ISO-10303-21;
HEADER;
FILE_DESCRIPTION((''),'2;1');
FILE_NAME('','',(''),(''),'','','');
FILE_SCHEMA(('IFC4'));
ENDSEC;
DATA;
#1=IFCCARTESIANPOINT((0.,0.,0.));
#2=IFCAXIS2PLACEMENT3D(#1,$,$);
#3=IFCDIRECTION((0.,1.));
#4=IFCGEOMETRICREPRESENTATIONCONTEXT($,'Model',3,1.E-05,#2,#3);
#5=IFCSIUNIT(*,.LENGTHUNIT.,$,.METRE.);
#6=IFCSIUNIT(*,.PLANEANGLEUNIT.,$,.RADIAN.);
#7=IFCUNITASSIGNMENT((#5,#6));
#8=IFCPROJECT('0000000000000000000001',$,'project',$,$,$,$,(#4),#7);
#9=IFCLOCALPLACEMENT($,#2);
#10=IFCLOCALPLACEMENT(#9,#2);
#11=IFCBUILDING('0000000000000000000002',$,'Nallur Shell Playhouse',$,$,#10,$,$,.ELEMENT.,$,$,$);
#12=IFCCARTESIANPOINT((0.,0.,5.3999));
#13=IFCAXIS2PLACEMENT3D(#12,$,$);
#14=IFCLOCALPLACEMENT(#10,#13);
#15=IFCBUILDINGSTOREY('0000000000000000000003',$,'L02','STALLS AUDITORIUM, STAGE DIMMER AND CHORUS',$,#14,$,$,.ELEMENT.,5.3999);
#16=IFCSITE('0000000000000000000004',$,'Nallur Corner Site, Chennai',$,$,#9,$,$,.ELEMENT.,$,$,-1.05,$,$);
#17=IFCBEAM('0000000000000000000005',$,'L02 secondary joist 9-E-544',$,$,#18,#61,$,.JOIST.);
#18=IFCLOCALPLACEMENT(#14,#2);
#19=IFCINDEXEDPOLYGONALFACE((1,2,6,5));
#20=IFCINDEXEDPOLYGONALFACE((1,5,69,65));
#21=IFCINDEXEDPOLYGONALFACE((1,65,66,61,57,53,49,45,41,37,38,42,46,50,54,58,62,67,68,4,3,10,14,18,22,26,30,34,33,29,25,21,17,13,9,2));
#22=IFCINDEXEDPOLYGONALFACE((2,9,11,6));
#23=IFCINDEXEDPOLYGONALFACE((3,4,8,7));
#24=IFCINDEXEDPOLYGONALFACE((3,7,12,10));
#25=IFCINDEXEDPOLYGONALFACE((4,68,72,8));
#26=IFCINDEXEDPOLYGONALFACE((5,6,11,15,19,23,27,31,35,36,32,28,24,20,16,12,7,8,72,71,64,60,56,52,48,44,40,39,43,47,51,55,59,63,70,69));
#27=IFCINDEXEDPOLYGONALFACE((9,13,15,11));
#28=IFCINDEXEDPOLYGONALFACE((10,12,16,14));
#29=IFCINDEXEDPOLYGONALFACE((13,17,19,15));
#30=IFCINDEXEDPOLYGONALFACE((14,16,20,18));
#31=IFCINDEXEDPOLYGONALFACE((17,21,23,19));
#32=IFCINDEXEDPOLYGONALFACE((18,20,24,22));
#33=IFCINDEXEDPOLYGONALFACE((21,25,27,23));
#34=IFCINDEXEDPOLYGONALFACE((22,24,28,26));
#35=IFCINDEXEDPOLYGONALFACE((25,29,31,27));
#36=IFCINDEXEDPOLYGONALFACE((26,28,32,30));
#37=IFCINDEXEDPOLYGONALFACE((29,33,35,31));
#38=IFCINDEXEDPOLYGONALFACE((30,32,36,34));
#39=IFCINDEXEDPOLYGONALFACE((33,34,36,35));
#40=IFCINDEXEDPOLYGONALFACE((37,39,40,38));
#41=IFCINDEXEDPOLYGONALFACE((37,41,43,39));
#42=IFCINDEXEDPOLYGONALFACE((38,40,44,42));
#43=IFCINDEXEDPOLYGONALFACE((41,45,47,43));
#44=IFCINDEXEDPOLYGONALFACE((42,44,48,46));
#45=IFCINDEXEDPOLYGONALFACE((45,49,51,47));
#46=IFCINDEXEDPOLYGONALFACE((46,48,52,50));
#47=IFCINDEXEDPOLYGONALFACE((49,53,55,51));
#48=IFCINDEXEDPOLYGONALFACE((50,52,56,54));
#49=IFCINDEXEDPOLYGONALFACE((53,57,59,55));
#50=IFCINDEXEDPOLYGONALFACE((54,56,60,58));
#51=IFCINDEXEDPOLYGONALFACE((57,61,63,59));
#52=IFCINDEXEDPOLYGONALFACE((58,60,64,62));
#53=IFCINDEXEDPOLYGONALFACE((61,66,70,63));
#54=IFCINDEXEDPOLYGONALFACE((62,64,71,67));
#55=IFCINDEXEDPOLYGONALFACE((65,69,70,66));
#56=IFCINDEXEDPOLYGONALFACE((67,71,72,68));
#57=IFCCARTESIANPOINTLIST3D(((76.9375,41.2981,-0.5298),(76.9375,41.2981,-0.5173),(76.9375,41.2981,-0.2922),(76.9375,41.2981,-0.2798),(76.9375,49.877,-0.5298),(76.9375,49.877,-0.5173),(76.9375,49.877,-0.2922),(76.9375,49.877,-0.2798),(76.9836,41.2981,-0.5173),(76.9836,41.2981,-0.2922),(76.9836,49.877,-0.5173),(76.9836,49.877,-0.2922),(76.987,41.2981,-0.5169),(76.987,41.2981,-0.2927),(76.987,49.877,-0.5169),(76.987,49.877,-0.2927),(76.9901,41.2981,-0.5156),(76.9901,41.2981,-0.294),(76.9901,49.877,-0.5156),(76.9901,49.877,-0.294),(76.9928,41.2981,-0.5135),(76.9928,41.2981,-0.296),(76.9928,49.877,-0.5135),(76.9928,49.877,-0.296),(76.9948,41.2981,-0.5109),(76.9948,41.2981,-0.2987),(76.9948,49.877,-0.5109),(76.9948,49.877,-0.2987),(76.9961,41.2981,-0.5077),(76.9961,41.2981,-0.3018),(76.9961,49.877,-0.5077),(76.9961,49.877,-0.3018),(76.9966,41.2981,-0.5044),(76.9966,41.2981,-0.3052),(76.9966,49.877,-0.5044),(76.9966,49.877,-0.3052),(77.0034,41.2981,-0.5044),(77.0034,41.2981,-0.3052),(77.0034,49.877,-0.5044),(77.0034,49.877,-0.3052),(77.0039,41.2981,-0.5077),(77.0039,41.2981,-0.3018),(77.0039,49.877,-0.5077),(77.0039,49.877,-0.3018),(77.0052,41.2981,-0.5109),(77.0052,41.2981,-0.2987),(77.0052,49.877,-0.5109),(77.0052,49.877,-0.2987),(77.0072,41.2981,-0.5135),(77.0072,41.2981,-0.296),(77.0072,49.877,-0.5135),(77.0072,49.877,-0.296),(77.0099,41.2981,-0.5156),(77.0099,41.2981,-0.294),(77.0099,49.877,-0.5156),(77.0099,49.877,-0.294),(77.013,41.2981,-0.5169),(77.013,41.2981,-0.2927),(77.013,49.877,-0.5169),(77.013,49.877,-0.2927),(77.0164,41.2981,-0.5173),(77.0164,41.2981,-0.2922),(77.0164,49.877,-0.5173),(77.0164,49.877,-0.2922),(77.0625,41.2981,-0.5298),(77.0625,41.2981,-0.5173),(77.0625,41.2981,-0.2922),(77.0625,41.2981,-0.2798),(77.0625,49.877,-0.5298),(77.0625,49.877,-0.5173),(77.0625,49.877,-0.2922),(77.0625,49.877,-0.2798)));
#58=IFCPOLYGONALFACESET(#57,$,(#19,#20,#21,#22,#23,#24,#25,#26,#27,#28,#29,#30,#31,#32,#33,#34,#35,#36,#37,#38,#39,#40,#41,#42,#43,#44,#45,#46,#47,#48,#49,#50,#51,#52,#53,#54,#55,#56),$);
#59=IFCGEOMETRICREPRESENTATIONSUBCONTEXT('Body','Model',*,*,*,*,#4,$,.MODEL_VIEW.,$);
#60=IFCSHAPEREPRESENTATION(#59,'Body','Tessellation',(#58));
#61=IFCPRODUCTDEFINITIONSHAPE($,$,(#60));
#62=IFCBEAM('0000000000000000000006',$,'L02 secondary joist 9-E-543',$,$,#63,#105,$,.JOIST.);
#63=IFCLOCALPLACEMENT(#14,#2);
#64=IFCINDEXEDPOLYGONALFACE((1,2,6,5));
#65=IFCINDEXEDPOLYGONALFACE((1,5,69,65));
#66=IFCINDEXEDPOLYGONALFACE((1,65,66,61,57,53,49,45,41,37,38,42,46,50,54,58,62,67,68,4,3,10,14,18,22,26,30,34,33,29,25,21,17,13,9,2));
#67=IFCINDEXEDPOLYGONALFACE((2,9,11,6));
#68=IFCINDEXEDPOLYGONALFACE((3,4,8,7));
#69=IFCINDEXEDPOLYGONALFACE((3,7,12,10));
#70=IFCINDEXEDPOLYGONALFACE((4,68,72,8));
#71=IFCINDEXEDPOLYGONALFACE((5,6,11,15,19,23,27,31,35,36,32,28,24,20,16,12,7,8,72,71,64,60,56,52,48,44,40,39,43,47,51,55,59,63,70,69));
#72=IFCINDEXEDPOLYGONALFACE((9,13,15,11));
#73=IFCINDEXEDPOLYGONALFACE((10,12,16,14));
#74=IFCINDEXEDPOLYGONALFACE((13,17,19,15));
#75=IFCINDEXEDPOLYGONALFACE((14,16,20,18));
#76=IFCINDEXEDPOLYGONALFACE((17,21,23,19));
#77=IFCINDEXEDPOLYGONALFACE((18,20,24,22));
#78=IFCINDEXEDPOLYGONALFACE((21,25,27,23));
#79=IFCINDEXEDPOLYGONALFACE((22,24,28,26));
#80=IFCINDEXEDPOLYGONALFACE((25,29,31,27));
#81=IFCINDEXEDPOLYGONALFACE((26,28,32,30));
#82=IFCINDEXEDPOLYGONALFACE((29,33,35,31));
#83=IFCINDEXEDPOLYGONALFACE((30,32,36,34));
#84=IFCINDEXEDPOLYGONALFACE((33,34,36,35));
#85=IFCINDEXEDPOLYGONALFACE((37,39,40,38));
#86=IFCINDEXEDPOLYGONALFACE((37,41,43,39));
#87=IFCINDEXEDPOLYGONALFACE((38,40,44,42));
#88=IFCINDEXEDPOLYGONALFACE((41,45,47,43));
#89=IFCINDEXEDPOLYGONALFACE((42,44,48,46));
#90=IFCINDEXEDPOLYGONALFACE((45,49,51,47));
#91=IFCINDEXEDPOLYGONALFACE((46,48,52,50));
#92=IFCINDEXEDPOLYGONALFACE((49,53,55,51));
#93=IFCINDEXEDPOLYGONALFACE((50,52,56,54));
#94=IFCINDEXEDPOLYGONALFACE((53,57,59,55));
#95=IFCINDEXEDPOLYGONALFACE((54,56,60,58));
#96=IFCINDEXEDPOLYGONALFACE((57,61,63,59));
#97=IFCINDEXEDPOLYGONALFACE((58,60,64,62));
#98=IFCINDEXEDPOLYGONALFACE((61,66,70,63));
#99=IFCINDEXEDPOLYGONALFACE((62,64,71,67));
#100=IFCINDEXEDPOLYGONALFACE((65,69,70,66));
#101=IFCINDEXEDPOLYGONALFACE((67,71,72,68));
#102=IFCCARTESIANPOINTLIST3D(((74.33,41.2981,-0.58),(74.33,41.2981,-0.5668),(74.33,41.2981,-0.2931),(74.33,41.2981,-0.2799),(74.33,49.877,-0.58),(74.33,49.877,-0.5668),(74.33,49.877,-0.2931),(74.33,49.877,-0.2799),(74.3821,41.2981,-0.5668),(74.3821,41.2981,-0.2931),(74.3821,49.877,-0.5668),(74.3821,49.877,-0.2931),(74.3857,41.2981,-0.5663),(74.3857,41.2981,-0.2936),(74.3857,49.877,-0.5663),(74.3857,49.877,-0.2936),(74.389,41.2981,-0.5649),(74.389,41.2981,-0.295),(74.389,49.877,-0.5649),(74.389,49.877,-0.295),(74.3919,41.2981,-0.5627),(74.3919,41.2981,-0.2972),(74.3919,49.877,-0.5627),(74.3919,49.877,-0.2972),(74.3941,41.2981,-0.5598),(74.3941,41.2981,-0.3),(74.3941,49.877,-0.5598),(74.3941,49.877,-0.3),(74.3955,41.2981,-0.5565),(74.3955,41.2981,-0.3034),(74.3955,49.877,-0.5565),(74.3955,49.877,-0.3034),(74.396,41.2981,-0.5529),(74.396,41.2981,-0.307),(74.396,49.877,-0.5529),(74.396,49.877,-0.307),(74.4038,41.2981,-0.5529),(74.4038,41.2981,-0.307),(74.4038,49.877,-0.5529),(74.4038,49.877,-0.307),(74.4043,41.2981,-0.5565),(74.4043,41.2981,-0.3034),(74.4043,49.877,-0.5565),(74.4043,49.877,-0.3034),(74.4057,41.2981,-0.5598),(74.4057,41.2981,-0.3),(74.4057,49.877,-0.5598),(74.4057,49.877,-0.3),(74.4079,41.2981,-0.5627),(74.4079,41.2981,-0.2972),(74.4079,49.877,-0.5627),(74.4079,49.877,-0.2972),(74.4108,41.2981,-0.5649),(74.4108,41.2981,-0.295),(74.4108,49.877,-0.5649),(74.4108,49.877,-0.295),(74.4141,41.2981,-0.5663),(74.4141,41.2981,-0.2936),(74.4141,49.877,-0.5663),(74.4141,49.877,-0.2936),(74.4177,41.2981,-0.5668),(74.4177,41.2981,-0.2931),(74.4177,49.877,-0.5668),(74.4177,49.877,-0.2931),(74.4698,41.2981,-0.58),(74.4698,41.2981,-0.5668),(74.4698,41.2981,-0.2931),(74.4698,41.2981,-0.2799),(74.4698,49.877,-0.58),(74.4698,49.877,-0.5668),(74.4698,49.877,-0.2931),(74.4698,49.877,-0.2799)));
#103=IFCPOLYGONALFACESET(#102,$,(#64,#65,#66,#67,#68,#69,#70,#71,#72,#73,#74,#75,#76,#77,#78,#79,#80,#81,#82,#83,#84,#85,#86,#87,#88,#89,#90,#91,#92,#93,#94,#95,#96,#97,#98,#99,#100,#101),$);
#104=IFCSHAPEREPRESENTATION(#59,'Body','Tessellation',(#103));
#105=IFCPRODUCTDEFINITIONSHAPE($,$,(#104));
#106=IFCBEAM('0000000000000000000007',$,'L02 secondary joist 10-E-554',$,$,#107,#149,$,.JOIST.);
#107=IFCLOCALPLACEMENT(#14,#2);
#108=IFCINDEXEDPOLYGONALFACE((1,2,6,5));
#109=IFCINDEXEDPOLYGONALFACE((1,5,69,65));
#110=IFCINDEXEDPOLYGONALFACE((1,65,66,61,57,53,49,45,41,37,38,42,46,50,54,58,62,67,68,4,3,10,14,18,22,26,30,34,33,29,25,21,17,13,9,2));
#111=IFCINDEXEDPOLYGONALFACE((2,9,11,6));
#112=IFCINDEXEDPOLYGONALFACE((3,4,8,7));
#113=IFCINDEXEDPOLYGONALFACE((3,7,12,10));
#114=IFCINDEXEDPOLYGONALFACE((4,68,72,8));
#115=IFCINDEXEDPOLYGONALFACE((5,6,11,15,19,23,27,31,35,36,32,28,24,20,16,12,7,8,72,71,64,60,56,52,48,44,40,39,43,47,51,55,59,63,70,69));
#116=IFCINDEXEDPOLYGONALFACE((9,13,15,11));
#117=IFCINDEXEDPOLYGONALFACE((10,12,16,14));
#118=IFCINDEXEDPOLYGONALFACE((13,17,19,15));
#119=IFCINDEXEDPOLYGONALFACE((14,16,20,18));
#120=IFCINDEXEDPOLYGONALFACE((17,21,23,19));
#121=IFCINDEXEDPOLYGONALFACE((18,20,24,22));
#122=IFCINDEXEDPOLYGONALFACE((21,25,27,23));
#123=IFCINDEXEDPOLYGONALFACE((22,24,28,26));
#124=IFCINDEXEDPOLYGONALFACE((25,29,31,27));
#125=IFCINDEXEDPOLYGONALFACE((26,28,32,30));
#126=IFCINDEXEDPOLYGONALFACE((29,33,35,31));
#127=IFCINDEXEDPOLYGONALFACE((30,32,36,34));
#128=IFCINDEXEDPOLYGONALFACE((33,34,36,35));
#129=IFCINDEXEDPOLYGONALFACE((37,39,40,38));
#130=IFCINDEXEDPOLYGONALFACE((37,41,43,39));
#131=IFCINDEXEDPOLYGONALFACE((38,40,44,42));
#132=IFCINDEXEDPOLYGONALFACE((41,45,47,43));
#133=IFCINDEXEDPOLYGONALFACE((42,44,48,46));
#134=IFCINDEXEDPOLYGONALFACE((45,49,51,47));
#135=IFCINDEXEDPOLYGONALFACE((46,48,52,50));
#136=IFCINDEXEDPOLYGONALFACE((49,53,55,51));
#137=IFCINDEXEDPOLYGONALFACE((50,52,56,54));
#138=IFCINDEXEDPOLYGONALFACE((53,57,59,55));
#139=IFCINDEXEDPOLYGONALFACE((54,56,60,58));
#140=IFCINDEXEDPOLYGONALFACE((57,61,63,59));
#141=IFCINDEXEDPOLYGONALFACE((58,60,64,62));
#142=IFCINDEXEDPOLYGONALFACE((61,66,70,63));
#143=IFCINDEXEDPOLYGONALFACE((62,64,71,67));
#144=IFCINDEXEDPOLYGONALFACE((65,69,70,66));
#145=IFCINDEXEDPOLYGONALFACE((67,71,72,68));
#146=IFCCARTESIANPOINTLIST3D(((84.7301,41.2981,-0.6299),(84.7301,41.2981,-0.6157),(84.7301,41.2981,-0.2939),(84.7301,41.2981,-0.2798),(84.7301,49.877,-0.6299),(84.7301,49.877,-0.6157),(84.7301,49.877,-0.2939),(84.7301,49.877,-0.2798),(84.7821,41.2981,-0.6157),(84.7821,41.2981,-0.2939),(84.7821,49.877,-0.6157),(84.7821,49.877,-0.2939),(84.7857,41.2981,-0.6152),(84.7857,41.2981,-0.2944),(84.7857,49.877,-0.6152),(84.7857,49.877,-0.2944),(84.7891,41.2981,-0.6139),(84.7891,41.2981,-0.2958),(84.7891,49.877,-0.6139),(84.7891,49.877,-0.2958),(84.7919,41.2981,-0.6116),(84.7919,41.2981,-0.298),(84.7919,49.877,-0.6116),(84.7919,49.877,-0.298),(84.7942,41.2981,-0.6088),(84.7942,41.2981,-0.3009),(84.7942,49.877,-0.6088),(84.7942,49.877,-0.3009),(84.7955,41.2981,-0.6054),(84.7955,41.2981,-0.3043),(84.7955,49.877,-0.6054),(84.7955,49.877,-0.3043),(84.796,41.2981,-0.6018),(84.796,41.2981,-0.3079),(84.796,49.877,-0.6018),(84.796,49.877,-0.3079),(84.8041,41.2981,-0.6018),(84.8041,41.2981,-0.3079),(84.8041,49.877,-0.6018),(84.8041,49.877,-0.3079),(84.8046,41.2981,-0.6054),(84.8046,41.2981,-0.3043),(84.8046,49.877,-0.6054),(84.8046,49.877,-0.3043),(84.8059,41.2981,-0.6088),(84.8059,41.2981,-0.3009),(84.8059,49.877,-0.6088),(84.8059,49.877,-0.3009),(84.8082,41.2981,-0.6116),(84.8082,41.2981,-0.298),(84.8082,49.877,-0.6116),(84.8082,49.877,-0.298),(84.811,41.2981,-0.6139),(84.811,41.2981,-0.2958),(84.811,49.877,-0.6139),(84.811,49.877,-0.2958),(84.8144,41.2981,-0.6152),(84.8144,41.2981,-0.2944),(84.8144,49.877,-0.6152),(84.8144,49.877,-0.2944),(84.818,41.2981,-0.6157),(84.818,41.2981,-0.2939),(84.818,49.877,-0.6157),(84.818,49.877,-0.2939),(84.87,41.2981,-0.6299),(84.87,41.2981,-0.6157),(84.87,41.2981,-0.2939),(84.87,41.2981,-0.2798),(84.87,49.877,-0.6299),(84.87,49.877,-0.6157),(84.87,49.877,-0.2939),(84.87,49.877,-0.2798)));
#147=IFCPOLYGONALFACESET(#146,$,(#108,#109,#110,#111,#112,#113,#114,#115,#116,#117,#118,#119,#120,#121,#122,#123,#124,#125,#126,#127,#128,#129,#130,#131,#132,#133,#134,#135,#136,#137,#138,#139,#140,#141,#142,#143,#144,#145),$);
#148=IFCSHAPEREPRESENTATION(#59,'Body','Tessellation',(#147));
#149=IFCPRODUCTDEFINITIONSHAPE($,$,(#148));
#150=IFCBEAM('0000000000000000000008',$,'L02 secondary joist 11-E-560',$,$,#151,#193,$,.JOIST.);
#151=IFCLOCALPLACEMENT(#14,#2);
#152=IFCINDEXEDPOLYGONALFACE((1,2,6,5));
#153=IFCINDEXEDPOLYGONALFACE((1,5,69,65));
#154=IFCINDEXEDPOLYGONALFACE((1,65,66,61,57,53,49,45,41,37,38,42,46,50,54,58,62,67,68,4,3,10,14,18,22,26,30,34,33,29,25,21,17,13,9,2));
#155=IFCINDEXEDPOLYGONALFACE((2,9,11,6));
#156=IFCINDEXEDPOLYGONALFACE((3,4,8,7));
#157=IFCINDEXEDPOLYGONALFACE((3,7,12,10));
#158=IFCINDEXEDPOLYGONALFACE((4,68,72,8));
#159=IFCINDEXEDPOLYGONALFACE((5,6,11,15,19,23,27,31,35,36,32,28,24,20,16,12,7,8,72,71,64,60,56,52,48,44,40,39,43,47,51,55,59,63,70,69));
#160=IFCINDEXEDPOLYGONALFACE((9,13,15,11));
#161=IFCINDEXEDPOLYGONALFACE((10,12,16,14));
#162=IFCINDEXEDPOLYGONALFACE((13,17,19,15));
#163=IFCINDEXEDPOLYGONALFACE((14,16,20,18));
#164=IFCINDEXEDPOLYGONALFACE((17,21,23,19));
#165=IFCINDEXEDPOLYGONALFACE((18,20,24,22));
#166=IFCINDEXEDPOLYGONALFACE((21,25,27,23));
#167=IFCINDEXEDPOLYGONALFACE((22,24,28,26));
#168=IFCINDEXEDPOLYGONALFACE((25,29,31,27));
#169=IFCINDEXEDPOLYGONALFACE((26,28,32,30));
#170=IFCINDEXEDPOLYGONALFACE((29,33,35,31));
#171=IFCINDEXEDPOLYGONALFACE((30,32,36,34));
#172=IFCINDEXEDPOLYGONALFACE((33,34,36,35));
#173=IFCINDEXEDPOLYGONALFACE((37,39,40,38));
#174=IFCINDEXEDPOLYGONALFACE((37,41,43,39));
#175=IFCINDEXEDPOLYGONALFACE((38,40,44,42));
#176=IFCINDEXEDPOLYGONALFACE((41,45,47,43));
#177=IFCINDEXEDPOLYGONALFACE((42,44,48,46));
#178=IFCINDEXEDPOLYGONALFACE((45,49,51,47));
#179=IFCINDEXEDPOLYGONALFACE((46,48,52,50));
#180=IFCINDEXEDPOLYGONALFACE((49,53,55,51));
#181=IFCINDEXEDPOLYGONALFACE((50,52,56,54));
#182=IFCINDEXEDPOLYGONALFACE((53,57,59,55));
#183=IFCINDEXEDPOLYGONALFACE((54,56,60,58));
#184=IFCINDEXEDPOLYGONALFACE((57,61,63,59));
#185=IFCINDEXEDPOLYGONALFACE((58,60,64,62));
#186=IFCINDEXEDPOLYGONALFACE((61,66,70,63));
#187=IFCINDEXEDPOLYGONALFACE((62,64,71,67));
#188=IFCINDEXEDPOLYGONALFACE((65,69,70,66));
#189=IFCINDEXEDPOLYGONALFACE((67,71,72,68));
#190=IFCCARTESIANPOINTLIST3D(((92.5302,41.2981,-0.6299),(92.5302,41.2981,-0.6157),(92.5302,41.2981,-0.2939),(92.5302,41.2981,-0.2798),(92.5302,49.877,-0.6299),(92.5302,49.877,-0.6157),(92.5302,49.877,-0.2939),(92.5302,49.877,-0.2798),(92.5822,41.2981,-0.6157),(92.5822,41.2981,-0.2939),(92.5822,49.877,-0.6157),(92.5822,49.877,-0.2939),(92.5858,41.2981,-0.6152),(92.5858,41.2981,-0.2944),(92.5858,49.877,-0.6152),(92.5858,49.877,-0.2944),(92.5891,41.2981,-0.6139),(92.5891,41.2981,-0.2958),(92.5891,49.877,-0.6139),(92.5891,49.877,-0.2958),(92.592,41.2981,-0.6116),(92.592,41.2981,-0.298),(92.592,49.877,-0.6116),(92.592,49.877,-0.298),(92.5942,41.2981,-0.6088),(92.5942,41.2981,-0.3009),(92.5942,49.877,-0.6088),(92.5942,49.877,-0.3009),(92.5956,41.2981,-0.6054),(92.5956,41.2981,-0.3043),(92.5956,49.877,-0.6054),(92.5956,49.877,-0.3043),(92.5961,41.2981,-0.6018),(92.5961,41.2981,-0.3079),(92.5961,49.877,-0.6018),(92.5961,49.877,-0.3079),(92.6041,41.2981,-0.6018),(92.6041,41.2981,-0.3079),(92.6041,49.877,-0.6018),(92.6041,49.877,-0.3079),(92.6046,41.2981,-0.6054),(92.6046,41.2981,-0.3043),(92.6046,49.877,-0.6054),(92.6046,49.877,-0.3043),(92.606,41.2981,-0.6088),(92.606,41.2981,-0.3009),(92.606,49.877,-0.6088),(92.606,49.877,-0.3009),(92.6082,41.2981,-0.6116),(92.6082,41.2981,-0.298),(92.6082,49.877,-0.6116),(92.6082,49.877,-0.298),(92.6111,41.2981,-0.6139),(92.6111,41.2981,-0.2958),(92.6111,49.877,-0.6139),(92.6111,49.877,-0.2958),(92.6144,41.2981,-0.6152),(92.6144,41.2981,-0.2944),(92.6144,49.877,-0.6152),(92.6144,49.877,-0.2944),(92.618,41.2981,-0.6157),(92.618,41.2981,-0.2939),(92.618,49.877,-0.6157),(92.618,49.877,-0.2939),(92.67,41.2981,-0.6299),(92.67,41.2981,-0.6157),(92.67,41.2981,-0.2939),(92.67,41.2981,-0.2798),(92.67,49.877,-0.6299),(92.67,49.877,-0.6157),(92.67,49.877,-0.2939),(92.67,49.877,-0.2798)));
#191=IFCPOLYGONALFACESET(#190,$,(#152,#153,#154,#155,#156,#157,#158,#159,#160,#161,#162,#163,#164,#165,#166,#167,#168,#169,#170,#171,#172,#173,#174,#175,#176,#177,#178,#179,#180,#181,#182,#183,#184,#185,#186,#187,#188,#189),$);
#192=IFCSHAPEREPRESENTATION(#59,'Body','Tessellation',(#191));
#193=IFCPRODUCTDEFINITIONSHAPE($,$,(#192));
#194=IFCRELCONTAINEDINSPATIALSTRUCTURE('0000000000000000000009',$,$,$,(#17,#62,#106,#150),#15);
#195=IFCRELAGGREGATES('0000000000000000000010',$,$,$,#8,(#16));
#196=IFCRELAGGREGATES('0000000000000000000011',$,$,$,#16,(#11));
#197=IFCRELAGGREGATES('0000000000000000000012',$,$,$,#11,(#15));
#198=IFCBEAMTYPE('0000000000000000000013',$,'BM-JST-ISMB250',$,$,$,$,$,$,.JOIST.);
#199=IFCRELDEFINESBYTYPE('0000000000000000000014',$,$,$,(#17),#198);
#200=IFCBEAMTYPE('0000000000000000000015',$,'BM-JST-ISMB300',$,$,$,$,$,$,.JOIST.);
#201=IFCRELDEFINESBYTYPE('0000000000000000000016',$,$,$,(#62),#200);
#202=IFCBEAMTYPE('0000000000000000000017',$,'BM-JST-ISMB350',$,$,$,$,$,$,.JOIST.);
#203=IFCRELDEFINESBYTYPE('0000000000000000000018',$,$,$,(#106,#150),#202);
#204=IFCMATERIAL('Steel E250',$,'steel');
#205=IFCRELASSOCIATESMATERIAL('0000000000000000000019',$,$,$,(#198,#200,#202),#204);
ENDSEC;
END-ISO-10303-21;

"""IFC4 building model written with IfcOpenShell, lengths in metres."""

from ifc_helpers import new_model, si_unit, direction, frame, origin, origin_2d, place, context, subcontext, project, spatial, i_section, extrude, material, material_profile, profile_set, type_object, element, save


model = new_model("IFC4")

# Units and contexts
model_context = context("Model", 3, precision=1e-05, world=origin(), true_north=direction((0.0, 1.0)))
body_context = subcontext(model_context, "Body", "Model", "MODEL_VIEW")
ifc_project = project(units=[si_unit("LENGTHUNIT", "METRE"), si_unit("PLANEANGLEUNIT", "RADIAN")], contexts=[model_context])

# Site, building, storey
site_placement = place(None, origin())
site = spatial("IfcSite", under=ifc_project, at=site_placement, Name="Nallur Corner Site, Chennai", CompositionType="ELEMENT", RefElevation=-1.05)
building_placement = place(site_placement, origin())
building = spatial("IfcBuilding", under=site, at=building_placement, Name="Nallur Shell Playhouse", CompositionType="ELEMENT")
storey_placement = place(building_placement, frame((0.0, 0.0, 5.3999)))
storey = spatial("IfcBuildingStorey", under=building, at=storey_placement, Name="L02", Description="STALLS AUDITORIUM, STAGE DIMMER AND CHORUS", CompositionType="ELEMENT", Elevation=5.3999)

# Beams
ifc_material_1 = material(Name="Steel E250", Category="steel")
ifc_material_profile_1 = material_profile(ifc_material_1, i_section(OverallWidth=0.125, OverallDepth=0.25, WebThickness=0.0068, FlangeThickness=0.0125, FilletRadius=0.0129, at=origin_2d()), Name="ISMB 250")
ifc_profile_set_1 = profile_set([ifc_material_profile_1], Name="Steel E250")
beam_type_1 = type_object("IfcBeamType", Name="BM-JST-ISMB250", PredefinedType="JOIST", material=ifc_profile_set_1)
beam_1_placement = place(storey_placement, frame((77.0, 41.2981, -0.4048), z_axis=(0.0, 1.0, 0.0), x_axis=(-1.0, 0.0, 0.0)))
element("IfcBeam", 1, at=beam_1_placement, inside=storey, type_object=beam_type_1, Name="L02 secondary joist 9-E-544", PredefinedType="JOIST", context=body_context, shape_type="SweptSolid", body=[
    extrude(i_section(OverallWidth=0.125, OverallDepth=0.25, WebThickness=0.0068, FlangeThickness=0.0125, FilletRadius=0.0129, at=origin_2d()), origin(), (0.0, 0.0, 1.0), 8.5789),
])
ifc_material_profile_2 = material_profile(ifc_material_1, i_section(OverallWidth=0.1399, OverallDepth=0.3, WebThickness=0.0078, FlangeThickness=0.0132, FilletRadius=0.0139, at=origin_2d()), Name="ISMB 300")
ifc_profile_set_2 = profile_set([ifc_material_profile_2], Name="Steel E250")
beam_type_2 = type_object("IfcBeamType", Name="BM-JST-ISMB300", PredefinedType="JOIST", material=ifc_profile_set_2)
beam_2_placement = place(storey_placement, frame((74.3999, 41.2981, -0.4299), z_axis=(0.0, 1.0, 0.0), x_axis=(-1.0, 0.0, 0.0)))
element("IfcBeam", 2, at=beam_2_placement, inside=storey, type_object=beam_type_2, Name="L02 secondary joist 9-E-543", PredefinedType="JOIST", context=body_context, shape_type="SweptSolid", body=[
    extrude(i_section(OverallWidth=0.1399, OverallDepth=0.3, WebThickness=0.0078, FlangeThickness=0.0132, FilletRadius=0.0139, at=origin_2d()), origin(), (0.0, 0.0, 1.0), 8.5789),
])
ifc_material_profile_3 = material_profile(ifc_material_1, i_section(OverallWidth=0.1399, OverallDepth=0.3501, WebThickness=0.0081, FlangeThickness=0.0142, FilletRadius=0.0139, at=origin_2d()), Name="ISMB 350")
ifc_profile_set_3 = profile_set([ifc_material_profile_3], Name="Steel E250")
beam_type_3 = type_object("IfcBeamType", Name="BM-JST-ISMB350", PredefinedType="JOIST", material=ifc_profile_set_3)
for number, where, z_axis, x_axis, name in (
    (3, (84.8, 41.2981, -0.4548), (0.0, 1.0, 0.0), (-1.0, 0.0, 0.0), "L02 secondary joist 10-E-554"),
    (4, (92.6001, 41.2981, -0.4548), (0.0, 1.0, 0.0), (-1.0, 0.0, 0.0), "L02 secondary joist 11-E-560"),
):
    element("IfcBeam", number, at=place(storey_placement, frame(where, z_axis=z_axis, x_axis=x_axis)), inside=storey, type_object=beam_type_3, Name=name, PredefinedType="JOIST", context=body_context, shape_type="SweptSolid", body=[
        extrude(i_section(OverallWidth=0.1399, OverallDepth=0.3501, WebThickness=0.0081, FlangeThickness=0.0142, FilletRadius=0.0139, at=origin_2d()), origin(), (0.0, 0.0, 1.0), 8.5789),
    ])

save(model, "model.ifc")
